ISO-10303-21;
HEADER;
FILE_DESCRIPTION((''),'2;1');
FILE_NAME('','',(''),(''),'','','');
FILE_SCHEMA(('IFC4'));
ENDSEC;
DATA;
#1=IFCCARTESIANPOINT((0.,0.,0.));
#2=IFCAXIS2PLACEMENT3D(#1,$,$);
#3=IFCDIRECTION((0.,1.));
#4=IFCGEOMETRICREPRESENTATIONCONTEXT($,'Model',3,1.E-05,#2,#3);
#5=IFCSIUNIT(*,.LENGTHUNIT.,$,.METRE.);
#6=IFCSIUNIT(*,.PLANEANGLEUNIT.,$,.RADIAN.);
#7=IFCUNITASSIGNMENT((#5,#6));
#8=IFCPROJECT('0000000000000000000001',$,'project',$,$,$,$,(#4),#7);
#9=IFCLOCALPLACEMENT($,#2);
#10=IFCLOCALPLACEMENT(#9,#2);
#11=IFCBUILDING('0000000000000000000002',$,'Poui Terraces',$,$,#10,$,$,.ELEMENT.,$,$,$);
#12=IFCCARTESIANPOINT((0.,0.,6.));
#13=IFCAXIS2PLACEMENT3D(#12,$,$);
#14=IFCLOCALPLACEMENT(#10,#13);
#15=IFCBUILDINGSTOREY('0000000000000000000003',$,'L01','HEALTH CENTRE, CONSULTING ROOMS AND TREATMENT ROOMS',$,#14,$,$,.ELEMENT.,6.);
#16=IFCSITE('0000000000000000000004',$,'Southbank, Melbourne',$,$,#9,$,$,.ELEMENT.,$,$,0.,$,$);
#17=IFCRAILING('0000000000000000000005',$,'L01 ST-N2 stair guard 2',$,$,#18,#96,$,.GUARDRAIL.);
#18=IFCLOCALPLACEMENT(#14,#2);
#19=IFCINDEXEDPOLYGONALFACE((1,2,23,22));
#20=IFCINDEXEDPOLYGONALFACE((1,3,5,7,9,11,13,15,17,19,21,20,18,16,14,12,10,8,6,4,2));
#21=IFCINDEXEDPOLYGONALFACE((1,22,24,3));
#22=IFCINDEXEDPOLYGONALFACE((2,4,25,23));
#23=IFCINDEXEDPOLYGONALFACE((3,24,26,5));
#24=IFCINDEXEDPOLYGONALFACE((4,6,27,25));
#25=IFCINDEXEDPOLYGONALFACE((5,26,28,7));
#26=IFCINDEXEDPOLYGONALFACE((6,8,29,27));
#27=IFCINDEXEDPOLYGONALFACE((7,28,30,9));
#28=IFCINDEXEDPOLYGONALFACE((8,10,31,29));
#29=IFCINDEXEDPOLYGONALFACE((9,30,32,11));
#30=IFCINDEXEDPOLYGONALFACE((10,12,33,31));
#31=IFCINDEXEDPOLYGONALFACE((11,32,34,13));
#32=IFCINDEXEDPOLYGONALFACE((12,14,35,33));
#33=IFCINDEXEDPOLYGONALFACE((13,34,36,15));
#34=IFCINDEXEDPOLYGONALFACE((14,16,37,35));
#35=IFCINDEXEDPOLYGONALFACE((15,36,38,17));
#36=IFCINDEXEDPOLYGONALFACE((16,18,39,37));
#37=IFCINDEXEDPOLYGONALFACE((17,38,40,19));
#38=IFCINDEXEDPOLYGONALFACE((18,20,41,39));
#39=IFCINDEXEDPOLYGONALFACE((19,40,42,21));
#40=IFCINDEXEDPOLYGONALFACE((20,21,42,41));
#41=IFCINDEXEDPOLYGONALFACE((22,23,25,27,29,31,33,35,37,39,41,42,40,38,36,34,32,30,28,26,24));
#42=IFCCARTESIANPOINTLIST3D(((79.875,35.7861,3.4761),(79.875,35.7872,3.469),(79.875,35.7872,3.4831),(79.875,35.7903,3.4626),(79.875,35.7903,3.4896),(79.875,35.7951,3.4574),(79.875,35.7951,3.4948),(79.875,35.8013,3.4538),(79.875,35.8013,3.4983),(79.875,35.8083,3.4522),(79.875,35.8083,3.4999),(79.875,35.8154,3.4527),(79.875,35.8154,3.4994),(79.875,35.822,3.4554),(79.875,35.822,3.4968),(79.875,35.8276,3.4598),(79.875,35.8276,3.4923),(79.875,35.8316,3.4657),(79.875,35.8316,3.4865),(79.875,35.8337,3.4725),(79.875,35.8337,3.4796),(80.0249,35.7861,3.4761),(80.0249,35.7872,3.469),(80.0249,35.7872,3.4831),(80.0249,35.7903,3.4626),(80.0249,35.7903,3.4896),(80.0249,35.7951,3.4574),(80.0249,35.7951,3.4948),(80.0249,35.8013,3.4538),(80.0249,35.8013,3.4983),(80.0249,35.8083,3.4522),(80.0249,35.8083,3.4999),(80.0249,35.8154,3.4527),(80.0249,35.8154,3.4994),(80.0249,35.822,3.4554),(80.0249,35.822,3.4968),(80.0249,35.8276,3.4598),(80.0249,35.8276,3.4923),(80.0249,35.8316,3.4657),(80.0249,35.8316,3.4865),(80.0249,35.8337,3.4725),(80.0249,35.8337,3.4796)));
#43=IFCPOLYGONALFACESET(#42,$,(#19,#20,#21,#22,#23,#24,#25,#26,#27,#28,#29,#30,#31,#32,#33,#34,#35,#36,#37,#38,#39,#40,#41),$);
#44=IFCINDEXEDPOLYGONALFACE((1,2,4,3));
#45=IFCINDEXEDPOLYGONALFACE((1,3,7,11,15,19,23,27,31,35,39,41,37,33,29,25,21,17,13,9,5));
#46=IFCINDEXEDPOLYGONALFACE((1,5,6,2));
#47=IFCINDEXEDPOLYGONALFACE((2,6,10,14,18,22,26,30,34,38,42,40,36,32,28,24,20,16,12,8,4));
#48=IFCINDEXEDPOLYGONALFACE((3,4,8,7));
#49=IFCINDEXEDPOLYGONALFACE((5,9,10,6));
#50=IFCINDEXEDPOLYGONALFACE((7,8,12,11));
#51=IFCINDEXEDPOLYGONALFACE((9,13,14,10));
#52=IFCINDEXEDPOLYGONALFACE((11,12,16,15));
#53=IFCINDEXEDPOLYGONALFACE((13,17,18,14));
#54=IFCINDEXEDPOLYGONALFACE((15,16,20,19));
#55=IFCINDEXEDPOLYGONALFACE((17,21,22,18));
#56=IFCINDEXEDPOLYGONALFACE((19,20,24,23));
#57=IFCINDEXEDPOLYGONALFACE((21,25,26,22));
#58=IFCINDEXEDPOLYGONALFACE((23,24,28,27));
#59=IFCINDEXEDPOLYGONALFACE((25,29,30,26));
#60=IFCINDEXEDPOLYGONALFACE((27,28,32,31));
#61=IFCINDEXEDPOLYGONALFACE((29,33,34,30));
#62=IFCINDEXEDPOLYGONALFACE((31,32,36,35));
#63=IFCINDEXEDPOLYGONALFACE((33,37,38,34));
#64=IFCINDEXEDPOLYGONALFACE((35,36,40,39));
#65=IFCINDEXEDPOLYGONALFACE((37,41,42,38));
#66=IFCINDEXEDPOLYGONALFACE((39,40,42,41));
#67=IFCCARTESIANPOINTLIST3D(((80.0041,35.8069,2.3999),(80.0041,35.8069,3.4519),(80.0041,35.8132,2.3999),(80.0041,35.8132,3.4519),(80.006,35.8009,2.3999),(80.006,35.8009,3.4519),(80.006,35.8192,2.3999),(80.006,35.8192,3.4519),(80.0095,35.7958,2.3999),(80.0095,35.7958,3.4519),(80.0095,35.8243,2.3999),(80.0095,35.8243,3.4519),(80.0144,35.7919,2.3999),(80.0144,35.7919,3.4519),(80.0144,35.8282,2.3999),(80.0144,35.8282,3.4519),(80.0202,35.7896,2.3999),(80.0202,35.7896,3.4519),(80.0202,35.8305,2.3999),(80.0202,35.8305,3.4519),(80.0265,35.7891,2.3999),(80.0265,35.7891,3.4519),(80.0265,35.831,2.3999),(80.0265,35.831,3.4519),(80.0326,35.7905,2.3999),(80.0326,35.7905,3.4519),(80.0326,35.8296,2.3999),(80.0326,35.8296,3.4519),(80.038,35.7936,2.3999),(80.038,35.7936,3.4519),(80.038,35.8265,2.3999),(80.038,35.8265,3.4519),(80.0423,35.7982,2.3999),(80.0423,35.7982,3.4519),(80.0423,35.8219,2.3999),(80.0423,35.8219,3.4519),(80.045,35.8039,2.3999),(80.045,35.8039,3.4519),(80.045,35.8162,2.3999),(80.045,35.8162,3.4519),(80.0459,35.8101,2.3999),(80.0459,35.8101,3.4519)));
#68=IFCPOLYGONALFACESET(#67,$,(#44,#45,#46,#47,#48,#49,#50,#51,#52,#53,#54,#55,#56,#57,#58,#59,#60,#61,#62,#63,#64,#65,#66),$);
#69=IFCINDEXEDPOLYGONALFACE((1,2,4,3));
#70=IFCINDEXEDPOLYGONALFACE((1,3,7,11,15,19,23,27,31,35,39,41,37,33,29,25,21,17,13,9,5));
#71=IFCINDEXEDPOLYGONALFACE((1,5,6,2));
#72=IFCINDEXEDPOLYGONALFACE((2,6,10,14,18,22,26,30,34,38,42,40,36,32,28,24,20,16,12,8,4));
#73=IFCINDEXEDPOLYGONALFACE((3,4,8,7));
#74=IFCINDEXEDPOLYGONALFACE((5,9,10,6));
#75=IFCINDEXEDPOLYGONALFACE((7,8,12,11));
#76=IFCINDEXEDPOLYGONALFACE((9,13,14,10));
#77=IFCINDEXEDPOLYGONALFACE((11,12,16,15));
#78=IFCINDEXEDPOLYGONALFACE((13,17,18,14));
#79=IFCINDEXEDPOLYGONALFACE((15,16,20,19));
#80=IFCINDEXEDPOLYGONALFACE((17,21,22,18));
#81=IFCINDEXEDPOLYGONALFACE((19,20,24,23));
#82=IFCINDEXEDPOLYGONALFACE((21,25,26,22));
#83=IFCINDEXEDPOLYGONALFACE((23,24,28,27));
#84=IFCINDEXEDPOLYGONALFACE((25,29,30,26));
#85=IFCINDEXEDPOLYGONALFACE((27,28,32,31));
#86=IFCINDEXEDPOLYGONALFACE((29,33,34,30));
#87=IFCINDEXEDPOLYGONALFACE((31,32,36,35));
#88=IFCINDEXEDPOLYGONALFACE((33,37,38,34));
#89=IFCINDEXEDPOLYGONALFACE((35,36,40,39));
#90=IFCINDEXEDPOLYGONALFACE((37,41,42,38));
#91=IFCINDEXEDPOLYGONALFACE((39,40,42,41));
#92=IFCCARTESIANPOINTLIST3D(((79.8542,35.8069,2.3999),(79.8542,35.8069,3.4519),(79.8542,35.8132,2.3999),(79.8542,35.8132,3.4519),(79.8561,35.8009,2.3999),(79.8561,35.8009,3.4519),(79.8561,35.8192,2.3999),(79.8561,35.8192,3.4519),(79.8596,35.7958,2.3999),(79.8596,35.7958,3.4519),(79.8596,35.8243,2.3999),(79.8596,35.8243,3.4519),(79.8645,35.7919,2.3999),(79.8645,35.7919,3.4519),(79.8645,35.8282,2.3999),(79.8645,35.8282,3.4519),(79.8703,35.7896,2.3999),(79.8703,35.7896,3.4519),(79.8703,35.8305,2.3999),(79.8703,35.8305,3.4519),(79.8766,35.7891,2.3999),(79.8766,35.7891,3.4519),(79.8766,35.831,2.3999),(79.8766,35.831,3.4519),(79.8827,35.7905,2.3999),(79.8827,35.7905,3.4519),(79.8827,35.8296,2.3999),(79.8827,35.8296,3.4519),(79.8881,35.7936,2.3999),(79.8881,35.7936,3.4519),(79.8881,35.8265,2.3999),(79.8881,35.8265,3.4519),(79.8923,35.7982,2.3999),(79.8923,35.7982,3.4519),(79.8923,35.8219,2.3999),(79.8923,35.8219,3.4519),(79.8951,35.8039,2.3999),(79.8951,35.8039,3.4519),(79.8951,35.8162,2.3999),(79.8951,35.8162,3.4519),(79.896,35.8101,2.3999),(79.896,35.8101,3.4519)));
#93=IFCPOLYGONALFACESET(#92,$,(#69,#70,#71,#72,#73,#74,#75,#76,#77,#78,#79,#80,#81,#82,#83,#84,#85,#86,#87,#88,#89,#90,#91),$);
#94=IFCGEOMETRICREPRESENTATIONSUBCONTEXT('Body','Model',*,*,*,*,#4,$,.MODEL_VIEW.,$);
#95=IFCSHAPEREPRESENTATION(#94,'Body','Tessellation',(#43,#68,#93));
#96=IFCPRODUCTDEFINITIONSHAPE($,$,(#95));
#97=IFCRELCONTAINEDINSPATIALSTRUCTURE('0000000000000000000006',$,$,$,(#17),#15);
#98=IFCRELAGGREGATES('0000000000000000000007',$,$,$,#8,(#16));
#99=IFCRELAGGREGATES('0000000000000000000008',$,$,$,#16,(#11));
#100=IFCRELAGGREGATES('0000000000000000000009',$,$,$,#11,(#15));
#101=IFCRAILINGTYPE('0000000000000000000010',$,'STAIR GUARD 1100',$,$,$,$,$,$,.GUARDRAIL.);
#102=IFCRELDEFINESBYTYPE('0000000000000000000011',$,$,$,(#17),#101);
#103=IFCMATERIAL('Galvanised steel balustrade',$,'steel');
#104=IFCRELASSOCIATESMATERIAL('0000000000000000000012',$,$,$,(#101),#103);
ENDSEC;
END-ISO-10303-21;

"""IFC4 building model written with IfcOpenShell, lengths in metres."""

from ifc_helpers import new_model, si_unit, direction, frame, origin, origin_2d, place, context, subcontext, project, spatial, circle, extrude, material, type_object, element, save


model = new_model("IFC4")

# Units and contexts
model_context = context("Model", 3, precision=1e-05, world=origin(), true_north=direction((0.0, 1.0)))
body_context = subcontext(model_context, "Body", "Model", "MODEL_VIEW")
ifc_project = project(units=[si_unit("LENGTHUNIT", "METRE"), si_unit("PLANEANGLEUNIT", "RADIAN")], contexts=[model_context])

# Site, building, storey
site_placement = place(None, origin())
site = spatial("IfcSite", under=ifc_project, at=site_placement, Name="Southbank, Melbourne", CompositionType="ELEMENT", RefElevation=0.0)
building_placement = place(site_placement, origin())
building = spatial("IfcBuilding", under=site, at=building_placement, Name="Poui Terraces", CompositionType="ELEMENT")
storey_placement = place(building_placement, frame((0.0, 0.0, 6.0)))
storey = spatial("IfcBuildingStorey", under=building, at=storey_placement, Name="L01", Description="HEALTH CENTRE, CONSULTING ROOMS AND TREATMENT ROOMS", CompositionType="ELEMENT", Elevation=6.0)

# Railing
ifc_material_1 = material(Name="Galvanised steel balustrade", Category="steel")
railing_type_1 = type_object("IfcRailingType", Name="STAIR GUARD 1100", PredefinedType="GUARDRAIL", material=ifc_material_1)
railing_1_placement = place(storey_placement, frame((80.0249, 35.8101, 2.3999)))
element("IfcRailing", 1, at=railing_1_placement, inside=storey, type_object=railing_type_1, Name="L01 ST-N2 stair guard 2", PredefinedType="GUARDRAIL", context=body_context, shape_type="SweptSolid", body=[
    extrude(circle(Radius=0.0239, at=origin_2d()), frame((0.0, 0.0, 1.0762), z_axis=(-1.0, 0.0, 0.0), x_axis=(0.0, -1.0, 0.0)), (0.0, 0.0, 1.0), 0.1499),
    extrude(circle(Radius=0.021, at=origin_2d()), origin(), (0.0, 0.0, 1.0), 1.052),
    extrude(circle(Radius=0.021, at=origin_2d()), frame((-0.1499, 0.0, 0.0)), (0.0, 0.0, 1.0), 1.052),
])

save(model, "model.ifc")
